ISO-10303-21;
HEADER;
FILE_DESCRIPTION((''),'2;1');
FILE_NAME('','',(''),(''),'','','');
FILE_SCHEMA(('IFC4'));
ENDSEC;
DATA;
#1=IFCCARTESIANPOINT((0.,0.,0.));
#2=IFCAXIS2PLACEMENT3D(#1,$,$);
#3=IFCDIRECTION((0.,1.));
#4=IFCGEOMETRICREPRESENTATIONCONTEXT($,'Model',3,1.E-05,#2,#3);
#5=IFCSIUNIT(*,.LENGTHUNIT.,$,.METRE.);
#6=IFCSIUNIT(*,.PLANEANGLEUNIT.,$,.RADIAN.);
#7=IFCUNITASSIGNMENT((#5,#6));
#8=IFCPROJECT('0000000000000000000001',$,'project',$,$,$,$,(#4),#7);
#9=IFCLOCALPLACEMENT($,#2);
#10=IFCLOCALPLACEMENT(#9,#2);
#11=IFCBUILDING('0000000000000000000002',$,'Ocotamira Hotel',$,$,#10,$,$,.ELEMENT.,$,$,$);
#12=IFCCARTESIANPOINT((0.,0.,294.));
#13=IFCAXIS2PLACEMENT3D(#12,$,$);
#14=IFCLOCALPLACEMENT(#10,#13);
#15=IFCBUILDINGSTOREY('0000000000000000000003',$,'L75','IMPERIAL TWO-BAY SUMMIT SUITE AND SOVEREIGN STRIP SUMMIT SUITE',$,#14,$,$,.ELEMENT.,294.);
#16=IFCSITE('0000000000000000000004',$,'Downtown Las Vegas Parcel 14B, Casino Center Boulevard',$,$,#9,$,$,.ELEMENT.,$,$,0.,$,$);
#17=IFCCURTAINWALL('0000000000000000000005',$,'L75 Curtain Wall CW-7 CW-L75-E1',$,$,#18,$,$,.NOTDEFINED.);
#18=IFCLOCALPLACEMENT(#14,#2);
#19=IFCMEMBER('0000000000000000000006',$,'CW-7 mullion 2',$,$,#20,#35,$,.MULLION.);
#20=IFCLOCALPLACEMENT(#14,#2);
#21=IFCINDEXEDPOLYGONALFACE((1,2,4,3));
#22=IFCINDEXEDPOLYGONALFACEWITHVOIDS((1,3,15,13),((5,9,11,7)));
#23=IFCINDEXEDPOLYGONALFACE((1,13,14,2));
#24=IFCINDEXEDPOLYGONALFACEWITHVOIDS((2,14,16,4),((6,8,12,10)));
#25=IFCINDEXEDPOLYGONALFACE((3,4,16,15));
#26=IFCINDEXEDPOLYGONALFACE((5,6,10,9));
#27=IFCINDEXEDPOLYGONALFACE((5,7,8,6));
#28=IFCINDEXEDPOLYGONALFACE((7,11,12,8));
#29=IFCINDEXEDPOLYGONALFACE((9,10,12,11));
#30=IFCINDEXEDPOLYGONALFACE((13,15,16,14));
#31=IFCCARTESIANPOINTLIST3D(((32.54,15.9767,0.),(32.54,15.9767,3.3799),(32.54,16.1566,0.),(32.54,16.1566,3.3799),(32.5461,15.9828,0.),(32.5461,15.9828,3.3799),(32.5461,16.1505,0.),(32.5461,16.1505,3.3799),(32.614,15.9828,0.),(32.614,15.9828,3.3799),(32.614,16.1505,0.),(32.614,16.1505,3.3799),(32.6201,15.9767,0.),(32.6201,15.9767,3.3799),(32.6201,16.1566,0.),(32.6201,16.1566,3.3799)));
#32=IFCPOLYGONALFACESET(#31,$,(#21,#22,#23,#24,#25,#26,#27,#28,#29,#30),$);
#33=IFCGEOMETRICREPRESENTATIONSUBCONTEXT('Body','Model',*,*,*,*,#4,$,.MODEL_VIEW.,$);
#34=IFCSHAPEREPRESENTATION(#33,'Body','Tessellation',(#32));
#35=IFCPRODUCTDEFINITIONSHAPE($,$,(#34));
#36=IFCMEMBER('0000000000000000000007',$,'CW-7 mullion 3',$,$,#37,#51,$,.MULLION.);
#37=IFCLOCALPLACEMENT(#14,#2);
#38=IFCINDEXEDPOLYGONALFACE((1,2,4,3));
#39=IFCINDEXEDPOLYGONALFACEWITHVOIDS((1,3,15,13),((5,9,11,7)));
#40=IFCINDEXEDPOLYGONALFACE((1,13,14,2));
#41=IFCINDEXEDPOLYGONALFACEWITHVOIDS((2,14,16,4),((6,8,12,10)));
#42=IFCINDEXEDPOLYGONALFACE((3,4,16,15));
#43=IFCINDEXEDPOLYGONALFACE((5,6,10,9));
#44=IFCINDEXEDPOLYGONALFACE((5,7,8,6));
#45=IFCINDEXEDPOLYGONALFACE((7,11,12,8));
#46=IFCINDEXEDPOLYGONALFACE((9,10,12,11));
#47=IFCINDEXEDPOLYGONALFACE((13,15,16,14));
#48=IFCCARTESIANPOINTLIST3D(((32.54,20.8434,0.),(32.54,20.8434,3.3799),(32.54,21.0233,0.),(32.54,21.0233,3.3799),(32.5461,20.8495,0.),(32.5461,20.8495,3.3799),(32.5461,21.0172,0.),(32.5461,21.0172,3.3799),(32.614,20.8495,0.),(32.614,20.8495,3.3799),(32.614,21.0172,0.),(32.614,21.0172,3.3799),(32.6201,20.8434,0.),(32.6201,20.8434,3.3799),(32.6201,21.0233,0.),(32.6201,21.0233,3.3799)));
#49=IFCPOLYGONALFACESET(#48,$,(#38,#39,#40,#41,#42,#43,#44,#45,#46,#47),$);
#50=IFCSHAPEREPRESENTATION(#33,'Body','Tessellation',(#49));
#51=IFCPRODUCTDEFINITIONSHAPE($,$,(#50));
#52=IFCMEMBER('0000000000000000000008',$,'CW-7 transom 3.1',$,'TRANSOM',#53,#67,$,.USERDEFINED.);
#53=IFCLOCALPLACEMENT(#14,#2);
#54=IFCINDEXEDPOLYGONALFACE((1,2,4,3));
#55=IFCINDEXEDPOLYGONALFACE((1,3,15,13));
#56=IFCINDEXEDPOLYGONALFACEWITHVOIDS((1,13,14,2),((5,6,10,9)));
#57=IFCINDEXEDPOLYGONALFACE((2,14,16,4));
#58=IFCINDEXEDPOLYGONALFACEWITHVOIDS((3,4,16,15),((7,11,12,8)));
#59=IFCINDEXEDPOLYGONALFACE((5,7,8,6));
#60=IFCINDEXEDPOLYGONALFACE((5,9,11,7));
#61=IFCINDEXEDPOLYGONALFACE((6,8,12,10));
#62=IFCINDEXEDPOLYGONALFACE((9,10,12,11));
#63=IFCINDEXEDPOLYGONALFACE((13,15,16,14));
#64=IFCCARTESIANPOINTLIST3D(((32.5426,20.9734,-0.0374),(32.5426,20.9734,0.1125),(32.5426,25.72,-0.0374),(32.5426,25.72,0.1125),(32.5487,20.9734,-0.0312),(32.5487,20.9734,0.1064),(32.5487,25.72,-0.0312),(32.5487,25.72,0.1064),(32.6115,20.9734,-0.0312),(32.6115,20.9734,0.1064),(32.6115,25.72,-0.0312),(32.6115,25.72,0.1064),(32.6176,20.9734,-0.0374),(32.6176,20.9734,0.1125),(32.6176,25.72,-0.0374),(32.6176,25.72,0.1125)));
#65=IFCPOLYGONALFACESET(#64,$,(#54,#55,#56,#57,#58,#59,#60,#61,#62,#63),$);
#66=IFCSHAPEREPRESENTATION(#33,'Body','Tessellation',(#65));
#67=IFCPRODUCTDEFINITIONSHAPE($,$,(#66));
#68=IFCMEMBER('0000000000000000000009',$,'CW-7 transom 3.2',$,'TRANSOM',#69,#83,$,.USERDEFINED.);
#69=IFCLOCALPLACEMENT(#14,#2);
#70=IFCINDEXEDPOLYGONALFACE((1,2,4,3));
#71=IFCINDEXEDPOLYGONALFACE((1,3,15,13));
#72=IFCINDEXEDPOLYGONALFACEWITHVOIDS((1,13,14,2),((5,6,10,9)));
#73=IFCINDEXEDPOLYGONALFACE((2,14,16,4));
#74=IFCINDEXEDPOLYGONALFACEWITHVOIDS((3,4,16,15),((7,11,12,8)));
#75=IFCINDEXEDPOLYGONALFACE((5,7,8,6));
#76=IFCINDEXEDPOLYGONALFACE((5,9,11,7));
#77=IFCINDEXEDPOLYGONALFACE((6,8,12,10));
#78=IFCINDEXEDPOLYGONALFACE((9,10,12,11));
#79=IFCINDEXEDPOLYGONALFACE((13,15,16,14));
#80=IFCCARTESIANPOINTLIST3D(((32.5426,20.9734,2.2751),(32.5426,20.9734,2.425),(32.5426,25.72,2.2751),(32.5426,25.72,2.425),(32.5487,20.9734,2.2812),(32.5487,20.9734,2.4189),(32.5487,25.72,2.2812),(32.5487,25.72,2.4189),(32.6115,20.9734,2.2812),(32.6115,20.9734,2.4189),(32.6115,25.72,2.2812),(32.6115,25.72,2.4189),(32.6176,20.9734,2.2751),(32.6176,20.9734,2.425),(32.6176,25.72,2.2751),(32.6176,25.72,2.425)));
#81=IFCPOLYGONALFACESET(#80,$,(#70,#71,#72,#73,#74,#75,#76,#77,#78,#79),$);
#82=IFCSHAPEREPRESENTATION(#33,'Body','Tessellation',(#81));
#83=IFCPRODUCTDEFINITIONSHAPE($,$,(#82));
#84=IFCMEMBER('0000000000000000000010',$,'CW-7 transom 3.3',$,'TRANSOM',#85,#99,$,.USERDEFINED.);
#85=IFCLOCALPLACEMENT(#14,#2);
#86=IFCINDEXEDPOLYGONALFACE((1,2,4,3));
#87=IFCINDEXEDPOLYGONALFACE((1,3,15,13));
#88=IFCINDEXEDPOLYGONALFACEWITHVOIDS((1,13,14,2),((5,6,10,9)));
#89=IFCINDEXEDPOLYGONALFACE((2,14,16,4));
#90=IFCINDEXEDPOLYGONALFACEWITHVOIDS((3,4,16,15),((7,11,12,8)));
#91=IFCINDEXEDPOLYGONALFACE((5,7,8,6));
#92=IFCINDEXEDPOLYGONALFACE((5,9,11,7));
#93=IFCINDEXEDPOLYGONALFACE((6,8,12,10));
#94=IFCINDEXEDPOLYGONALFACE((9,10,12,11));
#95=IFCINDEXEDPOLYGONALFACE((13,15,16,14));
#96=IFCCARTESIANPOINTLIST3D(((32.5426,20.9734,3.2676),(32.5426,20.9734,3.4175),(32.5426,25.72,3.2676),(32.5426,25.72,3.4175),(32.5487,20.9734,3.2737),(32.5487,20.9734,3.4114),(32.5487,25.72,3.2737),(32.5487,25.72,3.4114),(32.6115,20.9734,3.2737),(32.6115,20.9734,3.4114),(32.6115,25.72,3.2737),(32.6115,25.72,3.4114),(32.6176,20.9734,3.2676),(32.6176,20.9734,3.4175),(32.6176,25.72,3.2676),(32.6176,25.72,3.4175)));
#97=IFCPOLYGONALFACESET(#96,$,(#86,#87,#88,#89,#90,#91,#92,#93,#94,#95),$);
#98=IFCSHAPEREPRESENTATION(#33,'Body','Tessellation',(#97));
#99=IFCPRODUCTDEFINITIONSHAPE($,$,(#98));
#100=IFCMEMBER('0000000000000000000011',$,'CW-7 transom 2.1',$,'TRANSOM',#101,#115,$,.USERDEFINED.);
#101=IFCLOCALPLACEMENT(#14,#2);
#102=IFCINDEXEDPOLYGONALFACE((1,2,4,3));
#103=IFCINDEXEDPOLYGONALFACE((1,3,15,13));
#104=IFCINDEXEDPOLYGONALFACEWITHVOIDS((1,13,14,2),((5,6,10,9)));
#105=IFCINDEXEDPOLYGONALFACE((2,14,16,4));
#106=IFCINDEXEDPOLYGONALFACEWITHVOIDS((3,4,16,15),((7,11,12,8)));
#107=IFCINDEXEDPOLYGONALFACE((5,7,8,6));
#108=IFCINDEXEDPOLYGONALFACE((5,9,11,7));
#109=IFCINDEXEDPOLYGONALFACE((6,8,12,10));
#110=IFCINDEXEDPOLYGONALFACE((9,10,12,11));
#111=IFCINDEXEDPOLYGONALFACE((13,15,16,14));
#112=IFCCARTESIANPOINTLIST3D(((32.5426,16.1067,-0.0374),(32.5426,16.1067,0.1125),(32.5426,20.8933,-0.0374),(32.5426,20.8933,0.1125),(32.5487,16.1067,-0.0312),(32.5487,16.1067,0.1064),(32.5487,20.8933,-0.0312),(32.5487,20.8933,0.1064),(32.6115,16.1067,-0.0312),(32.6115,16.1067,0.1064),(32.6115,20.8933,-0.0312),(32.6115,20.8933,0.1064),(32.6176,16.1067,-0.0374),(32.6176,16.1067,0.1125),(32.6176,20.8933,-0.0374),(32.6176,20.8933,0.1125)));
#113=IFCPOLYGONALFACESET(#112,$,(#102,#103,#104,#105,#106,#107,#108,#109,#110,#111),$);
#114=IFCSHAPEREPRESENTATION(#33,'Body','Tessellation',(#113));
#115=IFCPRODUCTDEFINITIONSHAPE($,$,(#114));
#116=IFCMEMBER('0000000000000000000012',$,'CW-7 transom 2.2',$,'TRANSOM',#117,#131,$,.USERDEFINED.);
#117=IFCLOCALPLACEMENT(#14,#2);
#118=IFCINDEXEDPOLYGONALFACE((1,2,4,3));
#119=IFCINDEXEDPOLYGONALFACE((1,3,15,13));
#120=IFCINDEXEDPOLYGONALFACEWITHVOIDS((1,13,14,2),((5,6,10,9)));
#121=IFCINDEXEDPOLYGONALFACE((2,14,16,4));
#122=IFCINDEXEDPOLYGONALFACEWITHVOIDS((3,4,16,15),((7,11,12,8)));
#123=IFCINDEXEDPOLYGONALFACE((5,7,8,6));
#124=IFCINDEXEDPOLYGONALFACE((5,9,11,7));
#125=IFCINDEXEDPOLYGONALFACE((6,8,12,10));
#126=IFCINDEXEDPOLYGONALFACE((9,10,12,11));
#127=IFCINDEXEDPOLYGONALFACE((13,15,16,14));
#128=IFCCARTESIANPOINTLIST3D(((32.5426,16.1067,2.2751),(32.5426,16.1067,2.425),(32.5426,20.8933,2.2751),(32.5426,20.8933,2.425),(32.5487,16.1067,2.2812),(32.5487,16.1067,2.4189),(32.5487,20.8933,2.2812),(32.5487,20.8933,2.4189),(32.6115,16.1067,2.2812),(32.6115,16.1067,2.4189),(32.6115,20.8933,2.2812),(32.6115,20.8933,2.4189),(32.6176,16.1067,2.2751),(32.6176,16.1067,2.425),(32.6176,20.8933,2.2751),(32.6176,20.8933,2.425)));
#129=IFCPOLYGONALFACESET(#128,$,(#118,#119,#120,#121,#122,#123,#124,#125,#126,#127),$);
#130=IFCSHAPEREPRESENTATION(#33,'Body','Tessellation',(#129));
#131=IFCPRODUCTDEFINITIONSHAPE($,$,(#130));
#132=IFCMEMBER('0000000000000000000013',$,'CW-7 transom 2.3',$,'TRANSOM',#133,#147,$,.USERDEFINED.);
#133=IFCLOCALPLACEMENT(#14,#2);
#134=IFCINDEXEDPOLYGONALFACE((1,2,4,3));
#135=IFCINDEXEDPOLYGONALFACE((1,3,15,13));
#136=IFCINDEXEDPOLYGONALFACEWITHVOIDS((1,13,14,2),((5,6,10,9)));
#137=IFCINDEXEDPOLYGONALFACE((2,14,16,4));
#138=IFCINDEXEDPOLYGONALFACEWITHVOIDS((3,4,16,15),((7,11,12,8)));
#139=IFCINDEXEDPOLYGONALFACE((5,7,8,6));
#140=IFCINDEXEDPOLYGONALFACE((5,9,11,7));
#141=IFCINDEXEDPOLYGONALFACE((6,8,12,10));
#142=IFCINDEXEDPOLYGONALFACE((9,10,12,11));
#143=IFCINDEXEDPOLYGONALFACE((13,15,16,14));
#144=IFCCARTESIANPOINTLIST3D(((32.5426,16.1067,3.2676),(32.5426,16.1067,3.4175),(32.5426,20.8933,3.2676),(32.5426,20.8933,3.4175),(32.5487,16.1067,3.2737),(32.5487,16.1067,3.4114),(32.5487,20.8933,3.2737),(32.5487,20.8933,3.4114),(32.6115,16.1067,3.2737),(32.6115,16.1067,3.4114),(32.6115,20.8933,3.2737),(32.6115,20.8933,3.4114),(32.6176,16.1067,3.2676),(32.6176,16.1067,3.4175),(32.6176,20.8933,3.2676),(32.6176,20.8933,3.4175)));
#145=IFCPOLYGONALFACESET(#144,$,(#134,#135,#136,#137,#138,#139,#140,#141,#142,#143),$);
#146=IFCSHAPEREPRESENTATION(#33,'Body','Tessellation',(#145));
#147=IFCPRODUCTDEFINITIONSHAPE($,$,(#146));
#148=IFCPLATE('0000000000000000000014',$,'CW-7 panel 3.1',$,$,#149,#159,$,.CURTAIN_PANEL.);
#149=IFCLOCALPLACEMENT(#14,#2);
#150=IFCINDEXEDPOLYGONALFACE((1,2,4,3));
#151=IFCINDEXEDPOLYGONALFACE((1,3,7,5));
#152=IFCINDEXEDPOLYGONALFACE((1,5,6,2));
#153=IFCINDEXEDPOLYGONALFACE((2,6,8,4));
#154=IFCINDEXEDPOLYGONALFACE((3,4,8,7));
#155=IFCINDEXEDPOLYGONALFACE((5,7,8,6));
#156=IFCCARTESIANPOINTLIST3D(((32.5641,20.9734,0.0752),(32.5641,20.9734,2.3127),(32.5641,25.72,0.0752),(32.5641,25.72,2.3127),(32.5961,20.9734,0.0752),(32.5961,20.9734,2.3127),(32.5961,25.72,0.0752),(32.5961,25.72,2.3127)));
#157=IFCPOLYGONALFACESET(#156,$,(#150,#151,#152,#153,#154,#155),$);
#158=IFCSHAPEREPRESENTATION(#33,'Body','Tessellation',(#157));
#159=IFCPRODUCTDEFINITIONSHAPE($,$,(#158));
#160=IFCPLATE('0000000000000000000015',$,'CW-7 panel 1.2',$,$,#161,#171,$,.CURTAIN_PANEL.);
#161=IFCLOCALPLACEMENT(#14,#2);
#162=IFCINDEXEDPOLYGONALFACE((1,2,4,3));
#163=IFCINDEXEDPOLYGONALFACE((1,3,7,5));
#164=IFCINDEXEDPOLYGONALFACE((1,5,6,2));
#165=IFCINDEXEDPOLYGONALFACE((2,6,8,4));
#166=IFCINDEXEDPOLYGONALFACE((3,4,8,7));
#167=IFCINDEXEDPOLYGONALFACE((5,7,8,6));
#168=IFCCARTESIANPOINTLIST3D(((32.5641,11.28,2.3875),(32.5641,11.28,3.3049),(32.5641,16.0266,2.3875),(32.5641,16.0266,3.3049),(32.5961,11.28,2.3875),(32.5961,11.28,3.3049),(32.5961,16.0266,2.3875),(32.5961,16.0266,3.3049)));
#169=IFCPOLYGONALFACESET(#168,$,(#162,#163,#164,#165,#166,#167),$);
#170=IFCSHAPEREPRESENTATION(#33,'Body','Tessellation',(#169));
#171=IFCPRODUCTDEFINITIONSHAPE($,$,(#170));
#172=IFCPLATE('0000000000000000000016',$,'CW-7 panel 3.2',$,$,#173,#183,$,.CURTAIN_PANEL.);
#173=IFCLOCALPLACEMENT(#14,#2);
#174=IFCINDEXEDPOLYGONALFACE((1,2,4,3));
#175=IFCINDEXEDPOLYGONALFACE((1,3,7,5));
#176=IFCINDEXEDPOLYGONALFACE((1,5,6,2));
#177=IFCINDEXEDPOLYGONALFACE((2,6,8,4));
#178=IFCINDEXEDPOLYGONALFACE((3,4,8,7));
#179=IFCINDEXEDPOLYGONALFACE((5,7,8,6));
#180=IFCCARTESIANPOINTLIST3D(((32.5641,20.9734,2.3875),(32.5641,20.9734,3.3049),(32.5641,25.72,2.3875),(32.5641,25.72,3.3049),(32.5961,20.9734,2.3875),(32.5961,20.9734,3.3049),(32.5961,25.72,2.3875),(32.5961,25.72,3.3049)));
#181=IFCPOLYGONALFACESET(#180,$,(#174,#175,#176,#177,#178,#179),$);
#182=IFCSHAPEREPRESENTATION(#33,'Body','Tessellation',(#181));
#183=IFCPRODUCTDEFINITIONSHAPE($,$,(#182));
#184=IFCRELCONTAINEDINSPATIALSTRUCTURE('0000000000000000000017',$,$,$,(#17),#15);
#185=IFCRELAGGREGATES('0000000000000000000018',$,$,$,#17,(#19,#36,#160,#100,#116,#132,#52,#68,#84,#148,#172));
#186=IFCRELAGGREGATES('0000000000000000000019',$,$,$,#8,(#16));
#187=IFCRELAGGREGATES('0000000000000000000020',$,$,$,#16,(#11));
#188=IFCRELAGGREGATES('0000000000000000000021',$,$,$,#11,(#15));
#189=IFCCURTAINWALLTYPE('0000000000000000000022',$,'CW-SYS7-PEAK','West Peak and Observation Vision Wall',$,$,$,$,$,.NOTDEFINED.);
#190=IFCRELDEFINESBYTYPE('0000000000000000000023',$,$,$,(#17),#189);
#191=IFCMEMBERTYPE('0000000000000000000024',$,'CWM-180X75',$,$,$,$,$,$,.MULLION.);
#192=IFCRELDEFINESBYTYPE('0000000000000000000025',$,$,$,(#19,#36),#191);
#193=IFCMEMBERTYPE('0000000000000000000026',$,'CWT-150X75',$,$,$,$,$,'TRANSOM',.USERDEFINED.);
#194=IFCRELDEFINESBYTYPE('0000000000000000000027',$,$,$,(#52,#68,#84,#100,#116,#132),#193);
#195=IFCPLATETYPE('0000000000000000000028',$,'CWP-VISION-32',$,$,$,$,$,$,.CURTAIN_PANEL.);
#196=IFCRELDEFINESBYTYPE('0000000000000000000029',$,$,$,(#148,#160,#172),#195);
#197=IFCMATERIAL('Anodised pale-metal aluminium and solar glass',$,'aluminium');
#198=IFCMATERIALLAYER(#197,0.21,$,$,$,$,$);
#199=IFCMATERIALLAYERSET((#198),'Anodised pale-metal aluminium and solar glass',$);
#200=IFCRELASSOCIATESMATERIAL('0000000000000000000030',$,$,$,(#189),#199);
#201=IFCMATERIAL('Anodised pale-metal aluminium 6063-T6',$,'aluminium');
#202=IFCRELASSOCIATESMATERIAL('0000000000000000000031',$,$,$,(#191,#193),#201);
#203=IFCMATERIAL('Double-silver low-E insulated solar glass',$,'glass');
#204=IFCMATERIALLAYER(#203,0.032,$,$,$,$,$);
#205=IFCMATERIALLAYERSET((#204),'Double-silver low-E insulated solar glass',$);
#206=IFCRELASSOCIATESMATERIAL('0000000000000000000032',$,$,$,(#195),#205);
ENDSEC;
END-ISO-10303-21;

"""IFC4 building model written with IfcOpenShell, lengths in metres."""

from ifc_helpers import new_model, si_unit, direction, frame, origin, origin_2d, place, context, subcontext, project, spatial, rectangle, hollow_rectangle, extrude, source, transform, mapped, material, layer, layer_set, material_profile, profile_set, type_object, element, aggregate, save


model = new_model("IFC4")

# Units and contexts
model_context = context("Model", 3, precision=1e-05, world=origin(), true_north=direction((0.0, 1.0)))
body_context = subcontext(model_context, "Body", "Model", "MODEL_VIEW")
ifc_project = project(units=[si_unit("LENGTHUNIT", "METRE"), si_unit("PLANEANGLEUNIT", "RADIAN")], contexts=[model_context])

# Site, building, storey
site_placement = place(None, origin())
site = spatial("IfcSite", under=ifc_project, at=site_placement, Name="Downtown Las Vegas Parcel 14B, Casino Center Boulevard", CompositionType="ELEMENT", RefElevation=0.0)
building_placement = place(site_placement, origin())
building = spatial("IfcBuilding", under=site, at=building_placement, Name="Ocotamira Hotel", CompositionType="ELEMENT")
storey_placement = place(building_placement, frame((0.0, 0.0, 294.0)))
storey = spatial("IfcBuildingStorey", under=building, at=storey_placement, Name="L75", Description="IMPERIAL TWO-BAY SUMMIT SUITE AND SOVEREIGN STRIP SUMMIT SUITE", CompositionType="ELEMENT", Elevation=294.0)

# Curtain wall, members, plates
ifc_material_1 = material(Name="Anodised pale-metal aluminium and solar glass", Category="aluminium")
ifc_layer_1 = layer(ifc_material_1, 0.21)
ifc_layer_set_1 = layer_set([ifc_layer_1], Name="Anodised pale-metal aluminium and solar glass")
curtain_wall_type = type_object("IfcCurtainWallType", Name="CW-SYS7-PEAK", Description="West Peak and Observation Vision Wall", PredefinedType="NOTDEFINED", material=ifc_layer_set_1)
curtain_wall_placement = place(storey_placement, origin())
curtain_wall = element("IfcCurtainWall", 1, at=curtain_wall_placement, inside=storey, type_object=curtain_wall_type, Name="L75 Curtain Wall CW-7 CW-L75-E1", PredefinedType="NOTDEFINED")
ifc_material_2 = material(Name="Anodised pale-metal aluminium 6063-T6", Category="aluminium")
ifc_material_profile_1 = material_profile(ifc_material_2, hollow_rectangle(XDim=0.0801, YDim=0.1799, WallThickness=0.0061, at=origin_2d()), Name="HSS180X80X6")
ifc_profile_set_1 = profile_set([ifc_material_profile_1], Name="Anodised pale-metal aluminium 6063-T6")
member_type_1 = type_object("IfcMemberType", Name="CWM-180X75", PredefinedType="MULLION", material=ifc_profile_set_1)
shared_shape_1 = source(origin(), body_context, "Body", "SweptSolid", [
    extrude(hollow_rectangle(XDim=0.0801, YDim=0.1799, WallThickness=0.0061, at=origin_2d()), origin(), (0.0, 0.0, 1.0), 3.3799),
])
member_1_placement = place(storey_placement, frame((32.5801, 16.0667, 0.0), z_axis=(0.0, 0.0, 1.0), x_axis=(-1.0, 0.0, 0.0)))
member_1 = element("IfcMember", 2, at=member_1_placement, type_object=member_type_1, Name="CW-7 mullion 2", PredefinedType="MULLION", context=body_context, shape_type="MappedRepresentation", body=[
    mapped(shared_shape_1, transform((0.0, 0.0, 0.0), scale=1.0)),
])
member_2_placement = place(storey_placement, frame((32.5801, 20.9333, 0.0), z_axis=(0.0, 0.0, 1.0), x_axis=(-1.0, 0.0, 0.0)))
member_2 = element("IfcMember", 3, at=member_2_placement, type_object=member_type_1, Name="CW-7 mullion 3", PredefinedType="MULLION", context=body_context, shape_type="MappedRepresentation", body=[
    mapped(shared_shape_1, transform((0.0, 0.0, 0.0), scale=1.0)),
])
ifc_material_profile_2 = material_profile(ifc_material_2, hollow_rectangle(XDim=0.075, YDim=0.1499, WallThickness=0.0061, at=origin_2d()), Name="HSS150X75X6")
ifc_profile_set_2 = profile_set([ifc_material_profile_2], Name="Anodised pale-metal aluminium 6063-T6")
member_type_2 = type_object("IfcMemberType", Name="CWT-150X75", ElementType="TRANSOM", PredefinedType="USERDEFINED", material=ifc_profile_set_2)
shared_shape_2 = source(origin(), body_context, "Body", "SweptSolid", [
    extrude(hollow_rectangle(XDim=0.075, YDim=0.1499, WallThickness=0.0061, at=origin_2d()), origin(), (0.0, 0.0, 1.0), 4.7466),
])
member_3_placement = place(storey_placement, frame((32.5801, 20.9734, 0.0376), z_axis=(0.0, 1.0, 0.0), x_axis=(-1.0, 0.0, 0.0)))
member_3 = element("IfcMember", 4, at=member_3_placement, type_object=member_type_2, Name="CW-7 transom 3.1", ObjectType="TRANSOM", PredefinedType="USERDEFINED", context=body_context, shape_type="MappedRepresentation", body=[
    mapped(shared_shape_2, transform((0.0, 0.0, 0.0), scale=1.0)),
])
member_4_placement = place(storey_placement, frame((32.5801, 20.9734, 2.3501), z_axis=(0.0, 1.0, 0.0), x_axis=(-1.0, 0.0, 0.0)))
member_4 = element("IfcMember", 5, at=member_4_placement, type_object=member_type_2, Name="CW-7 transom 3.2", ObjectType="TRANSOM", PredefinedType="USERDEFINED", context=body_context, shape_type="MappedRepresentation", body=[
    mapped(shared_shape_2, transform((0.0, 0.0, 0.0), scale=1.0)),
])
member_5_placement = place(storey_placement, frame((32.5801, 20.9734, 3.3425), z_axis=(0.0, 1.0, 0.0), x_axis=(-1.0, 0.0, 0.0)))
member_5 = element("IfcMember", 6, at=member_5_placement, type_object=member_type_2, Name="CW-7 transom 3.3", ObjectType="TRANSOM", PredefinedType="USERDEFINED", context=body_context, shape_type="MappedRepresentation", body=[
    mapped(shared_shape_2, transform((0.0, 0.0, 0.0), scale=1.0)),
])
shared_shape_3 = source(origin(), body_context, "Body", "SweptSolid", [
    extrude(hollow_rectangle(XDim=0.075, YDim=0.1499, WallThickness=0.0061, at=origin_2d()), origin(), (0.0, 0.0, 1.0), 4.7866),
])
member_6_placement = place(storey_placement, frame((32.5801, 16.1067, 0.0376), z_axis=(0.0, 1.0, 0.0), x_axis=(-1.0, 0.0, 0.0)))
member_6 = element("IfcMember", 7, at=member_6_placement, type_object=member_type_2, Name="CW-7 transom 2.1", ObjectType="TRANSOM", PredefinedType="USERDEFINED", context=body_context, shape_type="MappedRepresentation", body=[
    mapped(shared_shape_3, transform((0.0, 0.0, 0.0), scale=1.0)),
])
member_7_placement = place(storey_placement, frame((32.5801, 16.1067, 2.3501), z_axis=(0.0, 1.0, 0.0), x_axis=(-1.0, 0.0, 0.0)))
member_7 = element("IfcMember", 8, at=member_7_placement, type_object=member_type_2, Name="CW-7 transom 2.2", ObjectType="TRANSOM", PredefinedType="USERDEFINED", context=body_context, shape_type="MappedRepresentation", body=[
    mapped(shared_shape_3, transform((0.0, 0.0, 0.0), scale=1.0)),
])
member_8_placement = place(storey_placement, frame((32.5801, 16.1067, 3.3425), z_axis=(0.0, 1.0, 0.0), x_axis=(-1.0, 0.0, 0.0)))
member_8 = element("IfcMember", 9, at=member_8_placement, type_object=member_type_2, Name="CW-7 transom 2.3", ObjectType="TRANSOM", PredefinedType="USERDEFINED", context=body_context, shape_type="MappedRepresentation", body=[
    mapped(shared_shape_3, transform((0.0, 0.0, 0.0), scale=1.0)),
])
ifc_material_3 = material(Name="Double-silver low-E insulated solar glass", Category="glass")
ifc_layer_2 = layer(ifc_material_3, 0.032)
ifc_layer_set_2 = layer_set([ifc_layer_2], Name="Double-silver low-E insulated solar glass")
plate_type = type_object("IfcPlateType", Name="CWP-VISION-32", PredefinedType="CURTAIN_PANEL", material=ifc_layer_set_2)
shared_shape_4 = source(origin(), body_context, "Body", "SweptSolid", [
    extrude(rectangle(XDim=4.7466, YDim=0.032, at=origin_2d()), origin(), (0.0, 0.0, 1.0), 2.2375),
])
plate_1_placement = place(storey_placement, frame((32.5801, 23.3467, 0.0752), z_axis=(0.0, 0.0, 1.0), x_axis=(0.0, 1.0, 0.0)))
plate_1 = element("IfcPlate", 10, at=plate_1_placement, type_object=plate_type, Name="CW-7 panel 3.1", PredefinedType="CURTAIN_PANEL", context=body_context, shape_type="MappedRepresentation", body=[
    mapped(shared_shape_4, transform((0.0, 0.0, 0.0), scale=1.0)),
])
shared_shape_5 = source(origin(), body_context, "Body", "SweptSolid", [
    extrude(rectangle(XDim=4.7466, YDim=0.032, at=origin_2d()), origin(), (0.0, 0.0, 1.0), 0.9175),
])
plate_2_placement = place(storey_placement, frame((32.5801, 13.6533, 2.3875), z_axis=(0.0, 0.0, 1.0), x_axis=(0.0, 1.0, 0.0)))
plate_2 = element("IfcPlate", 11, at=plate_2_placement, type_object=plate_type, Name="CW-7 panel 1.2", PredefinedType="CURTAIN_PANEL", context=body_context, shape_type="MappedRepresentation", body=[
    mapped(shared_shape_5, transform((0.0, 0.0, 0.0), scale=1.0)),
])
plate_3_placement = place(storey_placement, frame((32.5801, 23.3467, 2.3875), z_axis=(0.0, 0.0, 1.0), x_axis=(0.0, 1.0, 0.0)))
plate_3 = element("IfcPlate", 12, at=plate_3_placement, type_object=plate_type, Name="CW-7 panel 3.2", PredefinedType="CURTAIN_PANEL", context=body_context, shape_type="MappedRepresentation", body=[
    mapped(shared_shape_5, transform((0.0, 0.0, 0.0), scale=1.0)),
])
aggregate(curtain_wall, [member_1, member_2, plate_2, member_6, member_7, member_8, member_3, member_4, member_5, plate_1, plate_3])

save(model, "model.ifc")
